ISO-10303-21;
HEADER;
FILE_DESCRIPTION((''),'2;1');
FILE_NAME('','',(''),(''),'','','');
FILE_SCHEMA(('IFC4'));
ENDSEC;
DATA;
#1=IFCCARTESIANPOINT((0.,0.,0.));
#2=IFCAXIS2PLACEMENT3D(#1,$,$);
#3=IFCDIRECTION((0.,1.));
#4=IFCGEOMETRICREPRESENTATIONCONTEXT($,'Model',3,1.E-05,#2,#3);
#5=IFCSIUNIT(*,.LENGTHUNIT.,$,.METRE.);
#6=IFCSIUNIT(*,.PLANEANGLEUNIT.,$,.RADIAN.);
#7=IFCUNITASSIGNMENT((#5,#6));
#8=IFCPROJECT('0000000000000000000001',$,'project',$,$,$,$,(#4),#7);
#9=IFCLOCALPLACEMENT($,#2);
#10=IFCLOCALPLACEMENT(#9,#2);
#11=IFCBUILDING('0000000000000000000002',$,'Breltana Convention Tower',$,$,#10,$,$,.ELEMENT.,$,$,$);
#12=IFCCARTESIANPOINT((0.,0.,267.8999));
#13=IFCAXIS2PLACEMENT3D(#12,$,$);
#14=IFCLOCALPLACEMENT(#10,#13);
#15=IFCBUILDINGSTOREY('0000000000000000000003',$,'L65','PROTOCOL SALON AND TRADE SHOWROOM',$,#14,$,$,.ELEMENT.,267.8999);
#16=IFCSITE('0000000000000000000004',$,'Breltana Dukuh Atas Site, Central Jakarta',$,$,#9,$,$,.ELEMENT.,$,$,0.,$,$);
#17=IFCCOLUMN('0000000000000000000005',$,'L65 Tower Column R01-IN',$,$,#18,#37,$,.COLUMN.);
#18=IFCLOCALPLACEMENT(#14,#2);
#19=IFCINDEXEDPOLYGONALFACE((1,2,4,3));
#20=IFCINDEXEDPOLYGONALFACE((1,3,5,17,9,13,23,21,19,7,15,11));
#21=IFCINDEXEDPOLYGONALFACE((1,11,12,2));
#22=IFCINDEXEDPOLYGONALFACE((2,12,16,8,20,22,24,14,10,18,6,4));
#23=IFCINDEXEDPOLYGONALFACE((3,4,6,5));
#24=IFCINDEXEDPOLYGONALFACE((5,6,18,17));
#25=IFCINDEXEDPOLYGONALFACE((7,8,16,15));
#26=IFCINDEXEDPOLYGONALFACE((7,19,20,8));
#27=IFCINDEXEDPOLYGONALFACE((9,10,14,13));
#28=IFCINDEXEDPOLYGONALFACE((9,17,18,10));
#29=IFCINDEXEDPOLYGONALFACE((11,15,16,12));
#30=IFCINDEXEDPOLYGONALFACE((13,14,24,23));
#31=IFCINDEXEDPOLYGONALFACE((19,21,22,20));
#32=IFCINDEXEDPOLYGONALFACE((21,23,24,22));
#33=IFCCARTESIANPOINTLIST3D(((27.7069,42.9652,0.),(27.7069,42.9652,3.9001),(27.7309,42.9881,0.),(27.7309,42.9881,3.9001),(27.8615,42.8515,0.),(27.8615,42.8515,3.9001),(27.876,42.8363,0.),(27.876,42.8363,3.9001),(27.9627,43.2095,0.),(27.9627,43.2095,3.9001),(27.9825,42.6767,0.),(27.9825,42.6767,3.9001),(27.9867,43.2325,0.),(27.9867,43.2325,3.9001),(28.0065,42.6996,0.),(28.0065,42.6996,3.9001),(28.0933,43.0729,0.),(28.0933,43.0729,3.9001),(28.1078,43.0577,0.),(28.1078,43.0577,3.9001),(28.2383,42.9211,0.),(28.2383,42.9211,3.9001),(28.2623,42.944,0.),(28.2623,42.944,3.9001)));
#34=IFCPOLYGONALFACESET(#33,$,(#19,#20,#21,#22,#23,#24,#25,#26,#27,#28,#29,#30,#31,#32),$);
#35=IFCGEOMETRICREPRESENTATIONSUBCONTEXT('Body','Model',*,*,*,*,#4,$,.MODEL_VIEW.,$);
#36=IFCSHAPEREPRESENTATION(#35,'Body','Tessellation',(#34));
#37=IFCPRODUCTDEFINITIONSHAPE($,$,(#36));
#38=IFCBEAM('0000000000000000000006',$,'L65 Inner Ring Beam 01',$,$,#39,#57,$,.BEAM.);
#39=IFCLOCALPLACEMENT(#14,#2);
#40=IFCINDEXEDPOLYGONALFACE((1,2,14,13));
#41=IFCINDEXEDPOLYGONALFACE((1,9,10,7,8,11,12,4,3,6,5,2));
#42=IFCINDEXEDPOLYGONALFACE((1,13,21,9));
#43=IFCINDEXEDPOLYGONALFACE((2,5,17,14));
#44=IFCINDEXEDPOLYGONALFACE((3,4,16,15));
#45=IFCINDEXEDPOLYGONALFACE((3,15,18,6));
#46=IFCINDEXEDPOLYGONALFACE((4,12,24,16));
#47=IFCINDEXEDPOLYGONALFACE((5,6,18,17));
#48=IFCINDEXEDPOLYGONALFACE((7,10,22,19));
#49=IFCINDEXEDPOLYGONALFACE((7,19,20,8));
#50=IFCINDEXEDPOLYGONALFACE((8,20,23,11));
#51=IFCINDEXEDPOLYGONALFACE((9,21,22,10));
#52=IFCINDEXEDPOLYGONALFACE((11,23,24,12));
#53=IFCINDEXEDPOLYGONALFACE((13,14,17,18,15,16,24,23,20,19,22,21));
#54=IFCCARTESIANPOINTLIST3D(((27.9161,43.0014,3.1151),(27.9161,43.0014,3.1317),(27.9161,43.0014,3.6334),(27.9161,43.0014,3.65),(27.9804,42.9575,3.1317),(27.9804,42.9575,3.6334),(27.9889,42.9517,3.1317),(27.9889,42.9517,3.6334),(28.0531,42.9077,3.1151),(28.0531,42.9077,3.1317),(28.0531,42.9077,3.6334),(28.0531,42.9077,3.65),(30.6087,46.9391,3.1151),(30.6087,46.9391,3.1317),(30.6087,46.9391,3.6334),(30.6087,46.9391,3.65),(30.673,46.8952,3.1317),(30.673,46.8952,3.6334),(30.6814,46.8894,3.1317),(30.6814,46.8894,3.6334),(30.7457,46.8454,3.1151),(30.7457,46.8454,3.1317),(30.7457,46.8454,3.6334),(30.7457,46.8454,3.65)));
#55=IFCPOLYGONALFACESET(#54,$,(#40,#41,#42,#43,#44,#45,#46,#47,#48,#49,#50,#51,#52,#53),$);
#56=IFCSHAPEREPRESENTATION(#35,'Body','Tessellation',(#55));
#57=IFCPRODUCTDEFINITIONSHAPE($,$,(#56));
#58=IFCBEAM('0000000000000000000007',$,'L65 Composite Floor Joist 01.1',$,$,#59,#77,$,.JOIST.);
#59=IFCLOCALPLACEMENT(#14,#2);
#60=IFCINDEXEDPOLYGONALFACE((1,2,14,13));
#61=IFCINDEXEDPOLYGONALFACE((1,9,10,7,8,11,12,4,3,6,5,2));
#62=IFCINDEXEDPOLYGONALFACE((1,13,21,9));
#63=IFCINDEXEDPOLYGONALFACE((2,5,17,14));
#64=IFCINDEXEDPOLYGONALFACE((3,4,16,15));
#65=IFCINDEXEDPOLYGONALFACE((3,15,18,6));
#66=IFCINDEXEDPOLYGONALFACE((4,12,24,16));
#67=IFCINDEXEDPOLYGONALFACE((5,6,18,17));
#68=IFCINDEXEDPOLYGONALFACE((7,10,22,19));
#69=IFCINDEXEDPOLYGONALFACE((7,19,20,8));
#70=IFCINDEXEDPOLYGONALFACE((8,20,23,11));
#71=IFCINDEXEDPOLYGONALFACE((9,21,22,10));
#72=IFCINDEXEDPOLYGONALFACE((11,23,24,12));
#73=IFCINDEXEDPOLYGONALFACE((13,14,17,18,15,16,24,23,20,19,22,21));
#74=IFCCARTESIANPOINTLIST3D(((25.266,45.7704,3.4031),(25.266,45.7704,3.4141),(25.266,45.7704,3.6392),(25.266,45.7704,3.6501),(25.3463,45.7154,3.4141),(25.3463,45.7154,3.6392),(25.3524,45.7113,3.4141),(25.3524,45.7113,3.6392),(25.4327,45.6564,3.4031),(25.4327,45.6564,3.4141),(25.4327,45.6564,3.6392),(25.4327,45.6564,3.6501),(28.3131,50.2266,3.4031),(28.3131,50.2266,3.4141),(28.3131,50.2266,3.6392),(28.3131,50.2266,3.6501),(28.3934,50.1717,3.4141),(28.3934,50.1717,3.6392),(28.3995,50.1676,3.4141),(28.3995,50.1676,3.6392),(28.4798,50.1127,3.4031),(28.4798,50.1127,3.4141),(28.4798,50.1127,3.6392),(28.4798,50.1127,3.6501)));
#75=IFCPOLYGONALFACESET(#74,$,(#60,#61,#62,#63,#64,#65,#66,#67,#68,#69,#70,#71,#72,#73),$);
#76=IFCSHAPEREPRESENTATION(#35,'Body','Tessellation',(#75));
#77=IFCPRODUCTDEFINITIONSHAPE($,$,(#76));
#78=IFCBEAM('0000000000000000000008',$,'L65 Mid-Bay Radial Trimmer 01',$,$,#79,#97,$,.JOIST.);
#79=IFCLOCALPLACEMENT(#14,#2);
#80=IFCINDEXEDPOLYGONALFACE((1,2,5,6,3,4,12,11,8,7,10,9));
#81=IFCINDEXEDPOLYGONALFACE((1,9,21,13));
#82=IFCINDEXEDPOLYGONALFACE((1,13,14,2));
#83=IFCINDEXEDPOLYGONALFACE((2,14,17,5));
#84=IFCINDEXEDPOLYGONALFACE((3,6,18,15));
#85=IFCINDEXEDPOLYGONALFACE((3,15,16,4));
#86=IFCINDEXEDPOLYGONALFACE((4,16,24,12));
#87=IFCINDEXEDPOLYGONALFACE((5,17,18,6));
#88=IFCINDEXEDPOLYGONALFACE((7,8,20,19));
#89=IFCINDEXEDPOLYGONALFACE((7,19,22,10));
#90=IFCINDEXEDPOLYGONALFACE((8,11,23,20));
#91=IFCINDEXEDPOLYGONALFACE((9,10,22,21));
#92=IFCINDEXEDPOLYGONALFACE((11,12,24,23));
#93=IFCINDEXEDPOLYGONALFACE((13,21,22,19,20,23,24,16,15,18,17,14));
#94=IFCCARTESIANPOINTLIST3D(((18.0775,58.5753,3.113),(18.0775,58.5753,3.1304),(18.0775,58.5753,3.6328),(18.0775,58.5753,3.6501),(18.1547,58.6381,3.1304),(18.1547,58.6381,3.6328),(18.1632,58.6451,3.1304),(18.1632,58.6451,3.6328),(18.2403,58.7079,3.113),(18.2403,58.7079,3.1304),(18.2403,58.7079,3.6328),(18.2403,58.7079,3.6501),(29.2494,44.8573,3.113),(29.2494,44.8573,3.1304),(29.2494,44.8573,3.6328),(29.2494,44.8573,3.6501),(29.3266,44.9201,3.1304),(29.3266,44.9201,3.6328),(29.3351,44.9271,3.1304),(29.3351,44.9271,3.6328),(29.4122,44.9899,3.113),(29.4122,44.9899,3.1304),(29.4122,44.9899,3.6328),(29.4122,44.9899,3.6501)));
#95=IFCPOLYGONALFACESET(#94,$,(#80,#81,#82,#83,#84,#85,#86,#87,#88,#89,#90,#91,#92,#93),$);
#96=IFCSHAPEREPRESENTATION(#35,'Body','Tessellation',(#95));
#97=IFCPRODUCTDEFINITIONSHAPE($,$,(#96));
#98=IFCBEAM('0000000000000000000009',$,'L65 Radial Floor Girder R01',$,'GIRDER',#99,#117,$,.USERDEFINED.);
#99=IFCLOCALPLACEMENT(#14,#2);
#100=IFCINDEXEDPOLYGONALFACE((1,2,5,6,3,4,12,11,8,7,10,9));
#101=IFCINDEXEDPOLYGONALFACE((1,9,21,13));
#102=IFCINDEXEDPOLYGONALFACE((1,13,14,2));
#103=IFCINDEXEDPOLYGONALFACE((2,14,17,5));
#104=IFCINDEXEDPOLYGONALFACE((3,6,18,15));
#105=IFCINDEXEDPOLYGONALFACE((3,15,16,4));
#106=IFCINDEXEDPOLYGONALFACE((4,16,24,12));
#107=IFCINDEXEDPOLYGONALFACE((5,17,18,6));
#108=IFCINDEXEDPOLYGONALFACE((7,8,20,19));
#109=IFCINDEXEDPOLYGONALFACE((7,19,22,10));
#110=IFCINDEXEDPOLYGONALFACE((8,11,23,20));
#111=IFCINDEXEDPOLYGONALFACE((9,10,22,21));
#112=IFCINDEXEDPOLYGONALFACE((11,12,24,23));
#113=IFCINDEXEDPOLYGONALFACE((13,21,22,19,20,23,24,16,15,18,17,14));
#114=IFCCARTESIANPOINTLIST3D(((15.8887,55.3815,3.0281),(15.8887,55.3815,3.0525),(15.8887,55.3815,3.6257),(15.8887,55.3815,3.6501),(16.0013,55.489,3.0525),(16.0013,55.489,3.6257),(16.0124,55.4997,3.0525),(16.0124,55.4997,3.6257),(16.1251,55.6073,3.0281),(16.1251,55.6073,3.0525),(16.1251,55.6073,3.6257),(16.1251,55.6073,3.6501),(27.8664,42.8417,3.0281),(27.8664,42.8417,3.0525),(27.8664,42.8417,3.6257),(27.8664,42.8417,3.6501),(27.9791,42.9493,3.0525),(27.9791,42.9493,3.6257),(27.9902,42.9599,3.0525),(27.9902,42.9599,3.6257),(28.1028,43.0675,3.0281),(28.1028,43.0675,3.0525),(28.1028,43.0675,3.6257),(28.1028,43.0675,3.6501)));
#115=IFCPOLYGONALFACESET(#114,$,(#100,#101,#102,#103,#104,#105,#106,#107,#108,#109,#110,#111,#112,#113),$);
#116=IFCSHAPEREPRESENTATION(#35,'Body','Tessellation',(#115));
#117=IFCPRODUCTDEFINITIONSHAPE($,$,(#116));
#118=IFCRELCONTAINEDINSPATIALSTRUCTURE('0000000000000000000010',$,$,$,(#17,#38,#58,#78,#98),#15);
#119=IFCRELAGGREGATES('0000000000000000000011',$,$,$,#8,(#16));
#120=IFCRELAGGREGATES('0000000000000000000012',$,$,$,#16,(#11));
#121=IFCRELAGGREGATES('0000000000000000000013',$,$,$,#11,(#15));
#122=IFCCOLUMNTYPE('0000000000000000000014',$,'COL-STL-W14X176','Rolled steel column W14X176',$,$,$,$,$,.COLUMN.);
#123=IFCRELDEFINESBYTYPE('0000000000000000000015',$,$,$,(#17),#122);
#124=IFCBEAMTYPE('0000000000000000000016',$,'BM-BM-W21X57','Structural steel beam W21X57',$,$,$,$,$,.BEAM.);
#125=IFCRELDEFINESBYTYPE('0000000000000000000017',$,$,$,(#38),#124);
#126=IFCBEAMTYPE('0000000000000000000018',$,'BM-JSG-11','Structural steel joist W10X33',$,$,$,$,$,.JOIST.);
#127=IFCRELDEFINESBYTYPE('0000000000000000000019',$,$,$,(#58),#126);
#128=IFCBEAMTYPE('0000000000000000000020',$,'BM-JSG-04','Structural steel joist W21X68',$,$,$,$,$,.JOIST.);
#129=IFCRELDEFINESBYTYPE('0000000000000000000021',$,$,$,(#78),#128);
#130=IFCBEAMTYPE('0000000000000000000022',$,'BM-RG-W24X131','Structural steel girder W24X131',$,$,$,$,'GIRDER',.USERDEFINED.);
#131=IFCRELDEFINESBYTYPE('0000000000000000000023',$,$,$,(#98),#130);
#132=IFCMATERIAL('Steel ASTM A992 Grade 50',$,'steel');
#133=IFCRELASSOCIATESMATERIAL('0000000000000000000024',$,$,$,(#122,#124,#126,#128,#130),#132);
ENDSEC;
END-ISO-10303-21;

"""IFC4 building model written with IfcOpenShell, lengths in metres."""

from ifc_helpers import new_model, si_unit, direction, frame, origin, origin_2d, place, context, subcontext, project, spatial, i_section, extrude, source, transform, mapped, material, material_profile, profile_set, type_object, type_shapes, element, save


model = new_model("IFC4")

# Units and contexts
model_context = context("Model", 3, precision=1e-05, world=origin(), true_north=direction((0.0, 1.0)))
body_context = subcontext(model_context, "Body", "Model", "MODEL_VIEW")
ifc_project = project(units=[si_unit("LENGTHUNIT", "METRE"), si_unit("PLANEANGLEUNIT", "RADIAN")], contexts=[model_context])

# Site, building, storey
site_placement = place(None, origin())
site = spatial("IfcSite", under=ifc_project, at=site_placement, Name="Breltana Dukuh Atas Site, Central Jakarta", CompositionType="ELEMENT", RefElevation=0.0)
building_placement = place(site_placement, origin())
building = spatial("IfcBuilding", under=site, at=building_placement, Name="Breltana Convention Tower", CompositionType="ELEMENT")
storey_placement = place(building_placement, frame((0.0, 0.0, 267.8999)))
storey = spatial("IfcBuildingStorey", under=building, at=storey_placement, Name="L65", Description="PROTOCOL SALON AND TRADE SHOWROOM", CompositionType="ELEMENT", Elevation=267.8999)

# Column
ifc_material_1 = material(Name="Steel ASTM A992 Grade 50", Category="steel")
ifc_material_profile_1 = material_profile(ifc_material_1, i_section(OverallWidth=0.3989, OverallDepth=0.387, WebThickness=0.021, FlangeThickness=0.0332, at=origin_2d()), Name="W14X176")
ifc_profile_set_1 = profile_set([ifc_material_profile_1], Name="Steel ASTM A992 Grade 50")
column_type = type_object("IfcColumnType", Name="COL-STL-W14X176", Description="Rolled steel column W14X176", PredefinedType="COLUMN", material=ifc_profile_set_1)
shared_shape_1 = source(origin(), body_context, "Body", "SweptSolid", [
    extrude(i_section(OverallWidth=0.3989, OverallDepth=0.387, WebThickness=0.021, FlangeThickness=0.0332, at=origin_2d()), origin(), (0.0, 0.0, 1.0), 3.9001),
])
column_placement = place(storey_placement, frame((27.9846, 42.9546, 0.0), z_axis=(0.0, 0.0, 1.0), x_axis=(-0.690756, 0.723088, 0.0)))
element("IfcColumn", 1, at=column_placement, inside=storey, type_object=column_type, Name="L65 Tower Column R01-IN", PredefinedType="COLUMN", context=body_context, shape_type="MappedRepresentation", body=[
    mapped(shared_shape_1, transform((0.0, 0.0, 0.0), scale=1.0)),
])

# Beams
ifc_material_profile_2 = material_profile(ifc_material_1, i_section(OverallWidth=0.166, OverallDepth=0.5349, WebThickness=0.0103, FlangeThickness=0.0166, at=origin_2d()), Name="W21X57")
ifc_profile_set_2 = profile_set([ifc_material_profile_2], Name="Steel ASTM A992 Grade 50")
beam_type_1 = type_object("IfcBeamType", Name="BM-BM-W21X57", Description="Structural steel beam W21X57", PredefinedType="BEAM", material=ifc_profile_set_2)
shared_shape_2 = source(origin(), body_context, "Body", "SweptSolid", [
    extrude(i_section(OverallWidth=0.166, OverallDepth=0.5349, WebThickness=0.0103, FlangeThickness=0.0166, at=origin_2d()), origin(), (0.0, 0.0, 1.0), 4.7703),
])
beam_1_placement = place(storey_placement, frame((27.9846, 42.9546, 3.3826), z_axis=(0.564453, 0.825465, 0.0), x_axis=(-0.825465, 0.564453, 0.0)))
element("IfcBeam", 2, at=beam_1_placement, inside=storey, type_object=beam_type_1, Name="L65 Inner Ring Beam 01", PredefinedType="BEAM", context=body_context, shape_type="MappedRepresentation", body=[
    mapped(shared_shape_2, transform((0.0, 0.0, 0.0), scale=1.0)),
])
ifc_material_profile_3 = material_profile(ifc_material_1, i_section(OverallWidth=0.2019, OverallDepth=0.2471, WebThickness=0.0073, FlangeThickness=0.011, at=origin_2d()), Name="W10X33")
ifc_profile_set_3 = profile_set([ifc_material_profile_3], Name="Steel ASTM A992 Grade 50")
beam_type_2 = type_object("IfcBeamType", Name="BM-JSG-11", Description="Structural steel joist W10X33", PredefinedType="JOIST", material=ifc_profile_set_3)
shared_shape_3 = source(origin(), body_context, "Body", "SweptSolid", [
    extrude(i_section(OverallWidth=0.2019, OverallDepth=0.2471, WebThickness=0.0073, FlangeThickness=0.011, at=origin_2d()), origin(), (0.0, 0.0, 1.0), 5.3984),
])
beam_2_placement = place(storey_placement, frame((25.3494, 45.7134, 3.5266), z_axis=(0.564441, 0.825474, 0.0), x_axis=(-0.825474, 0.564441, 0.0)))
element("IfcBeam", 3, at=beam_2_placement, inside=storey, type_object=beam_type_2, Name="L65 Composite Floor Joist 01.1", PredefinedType="JOIST", context=body_context, shape_type="MappedRepresentation", body=[
    mapped(shared_shape_3, transform((0.0, 0.0, 0.0), scale=1.0)),
])
ifc_material_profile_4 = material_profile(ifc_material_1, i_section(OverallWidth=0.21, OverallDepth=0.5371, WebThickness=0.011, FlangeThickness=0.0173, at=origin_2d()), Name="W21X68")
ifc_profile_set_4 = profile_set([ifc_material_profile_4], Name="Steel ASTM A992 Grade 50")
beam_type_3 = type_object("IfcBeamType", Name="BM-JSG-04", Description="Structural steel joist W21X68", PredefinedType="JOIST", material=ifc_profile_set_4)
shared_shape_4 = source(origin(), body_context, "Body", "SweptSolid", [
    extrude(i_section(OverallWidth=0.21, OverallDepth=0.5371, WebThickness=0.011, FlangeThickness=0.0173, at=origin_2d()), origin(), (0.0, 0.0, 1.0), 17.6917),
])
beam_3_placement = place(storey_placement, frame((29.3308, 44.9236, 3.3816), z_axis=(-0.631477, 0.775395, 0.0), x_axis=(-0.775395, -0.631477, 0.0)))
element("IfcBeam", 4, at=beam_3_placement, inside=storey, type_object=beam_type_3, Name="L65 Mid-Bay Radial Trimmer 01", PredefinedType="JOIST", context=body_context, shape_type="MappedRepresentation", body=[
    mapped(shared_shape_4, transform((0.0, 0.0, 0.0), scale=1.0)),
])
ifc_material_profile_5 = material_profile(ifc_material_1, i_section(OverallWidth=0.3269, OverallDepth=0.6221, WebThickness=0.0154, FlangeThickness=0.0244, at=origin_2d()), Name="W24X131")
ifc_profile_set_5 = profile_set([ifc_material_profile_5], Name="Steel ASTM A992 Grade 50")
beam_type_4 = type_object("IfcBeamType", Name="BM-RG-W24X131", Description="Structural steel girder W24X131", ElementType="GIRDER", PredefinedType="USERDEFINED", material=ifc_profile_set_5)
shared_shape_5 = source(origin(), body_context, "Body", "SweptSolid", [
    extrude(i_section(OverallWidth=0.3269, OverallDepth=0.6221, WebThickness=0.0154, FlangeThickness=0.0244, at=origin_2d()), origin(), (0.0, 0.0, 1.0), 17.3411),
])
type_shapes(beam_type_4, [shared_shape_5])
beam_4_placement = place(storey_placement, frame((27.9846, 42.9546, 3.3391), z_axis=(-0.690716, 0.723126, 0.0), x_axis=(-0.723126, -0.690716, 0.0)))
element("IfcBeam", 5, at=beam_4_placement, inside=storey, type_object=beam_type_4, Name="L65 Radial Floor Girder R01", ObjectType="GIRDER", PredefinedType="USERDEFINED", context=body_context, shape_type="MappedRepresentation", body=[
    mapped(shared_shape_5, transform((0.0, 0.0, 0.0), scale=1.0)),
])

save(model, "model.ifc")
